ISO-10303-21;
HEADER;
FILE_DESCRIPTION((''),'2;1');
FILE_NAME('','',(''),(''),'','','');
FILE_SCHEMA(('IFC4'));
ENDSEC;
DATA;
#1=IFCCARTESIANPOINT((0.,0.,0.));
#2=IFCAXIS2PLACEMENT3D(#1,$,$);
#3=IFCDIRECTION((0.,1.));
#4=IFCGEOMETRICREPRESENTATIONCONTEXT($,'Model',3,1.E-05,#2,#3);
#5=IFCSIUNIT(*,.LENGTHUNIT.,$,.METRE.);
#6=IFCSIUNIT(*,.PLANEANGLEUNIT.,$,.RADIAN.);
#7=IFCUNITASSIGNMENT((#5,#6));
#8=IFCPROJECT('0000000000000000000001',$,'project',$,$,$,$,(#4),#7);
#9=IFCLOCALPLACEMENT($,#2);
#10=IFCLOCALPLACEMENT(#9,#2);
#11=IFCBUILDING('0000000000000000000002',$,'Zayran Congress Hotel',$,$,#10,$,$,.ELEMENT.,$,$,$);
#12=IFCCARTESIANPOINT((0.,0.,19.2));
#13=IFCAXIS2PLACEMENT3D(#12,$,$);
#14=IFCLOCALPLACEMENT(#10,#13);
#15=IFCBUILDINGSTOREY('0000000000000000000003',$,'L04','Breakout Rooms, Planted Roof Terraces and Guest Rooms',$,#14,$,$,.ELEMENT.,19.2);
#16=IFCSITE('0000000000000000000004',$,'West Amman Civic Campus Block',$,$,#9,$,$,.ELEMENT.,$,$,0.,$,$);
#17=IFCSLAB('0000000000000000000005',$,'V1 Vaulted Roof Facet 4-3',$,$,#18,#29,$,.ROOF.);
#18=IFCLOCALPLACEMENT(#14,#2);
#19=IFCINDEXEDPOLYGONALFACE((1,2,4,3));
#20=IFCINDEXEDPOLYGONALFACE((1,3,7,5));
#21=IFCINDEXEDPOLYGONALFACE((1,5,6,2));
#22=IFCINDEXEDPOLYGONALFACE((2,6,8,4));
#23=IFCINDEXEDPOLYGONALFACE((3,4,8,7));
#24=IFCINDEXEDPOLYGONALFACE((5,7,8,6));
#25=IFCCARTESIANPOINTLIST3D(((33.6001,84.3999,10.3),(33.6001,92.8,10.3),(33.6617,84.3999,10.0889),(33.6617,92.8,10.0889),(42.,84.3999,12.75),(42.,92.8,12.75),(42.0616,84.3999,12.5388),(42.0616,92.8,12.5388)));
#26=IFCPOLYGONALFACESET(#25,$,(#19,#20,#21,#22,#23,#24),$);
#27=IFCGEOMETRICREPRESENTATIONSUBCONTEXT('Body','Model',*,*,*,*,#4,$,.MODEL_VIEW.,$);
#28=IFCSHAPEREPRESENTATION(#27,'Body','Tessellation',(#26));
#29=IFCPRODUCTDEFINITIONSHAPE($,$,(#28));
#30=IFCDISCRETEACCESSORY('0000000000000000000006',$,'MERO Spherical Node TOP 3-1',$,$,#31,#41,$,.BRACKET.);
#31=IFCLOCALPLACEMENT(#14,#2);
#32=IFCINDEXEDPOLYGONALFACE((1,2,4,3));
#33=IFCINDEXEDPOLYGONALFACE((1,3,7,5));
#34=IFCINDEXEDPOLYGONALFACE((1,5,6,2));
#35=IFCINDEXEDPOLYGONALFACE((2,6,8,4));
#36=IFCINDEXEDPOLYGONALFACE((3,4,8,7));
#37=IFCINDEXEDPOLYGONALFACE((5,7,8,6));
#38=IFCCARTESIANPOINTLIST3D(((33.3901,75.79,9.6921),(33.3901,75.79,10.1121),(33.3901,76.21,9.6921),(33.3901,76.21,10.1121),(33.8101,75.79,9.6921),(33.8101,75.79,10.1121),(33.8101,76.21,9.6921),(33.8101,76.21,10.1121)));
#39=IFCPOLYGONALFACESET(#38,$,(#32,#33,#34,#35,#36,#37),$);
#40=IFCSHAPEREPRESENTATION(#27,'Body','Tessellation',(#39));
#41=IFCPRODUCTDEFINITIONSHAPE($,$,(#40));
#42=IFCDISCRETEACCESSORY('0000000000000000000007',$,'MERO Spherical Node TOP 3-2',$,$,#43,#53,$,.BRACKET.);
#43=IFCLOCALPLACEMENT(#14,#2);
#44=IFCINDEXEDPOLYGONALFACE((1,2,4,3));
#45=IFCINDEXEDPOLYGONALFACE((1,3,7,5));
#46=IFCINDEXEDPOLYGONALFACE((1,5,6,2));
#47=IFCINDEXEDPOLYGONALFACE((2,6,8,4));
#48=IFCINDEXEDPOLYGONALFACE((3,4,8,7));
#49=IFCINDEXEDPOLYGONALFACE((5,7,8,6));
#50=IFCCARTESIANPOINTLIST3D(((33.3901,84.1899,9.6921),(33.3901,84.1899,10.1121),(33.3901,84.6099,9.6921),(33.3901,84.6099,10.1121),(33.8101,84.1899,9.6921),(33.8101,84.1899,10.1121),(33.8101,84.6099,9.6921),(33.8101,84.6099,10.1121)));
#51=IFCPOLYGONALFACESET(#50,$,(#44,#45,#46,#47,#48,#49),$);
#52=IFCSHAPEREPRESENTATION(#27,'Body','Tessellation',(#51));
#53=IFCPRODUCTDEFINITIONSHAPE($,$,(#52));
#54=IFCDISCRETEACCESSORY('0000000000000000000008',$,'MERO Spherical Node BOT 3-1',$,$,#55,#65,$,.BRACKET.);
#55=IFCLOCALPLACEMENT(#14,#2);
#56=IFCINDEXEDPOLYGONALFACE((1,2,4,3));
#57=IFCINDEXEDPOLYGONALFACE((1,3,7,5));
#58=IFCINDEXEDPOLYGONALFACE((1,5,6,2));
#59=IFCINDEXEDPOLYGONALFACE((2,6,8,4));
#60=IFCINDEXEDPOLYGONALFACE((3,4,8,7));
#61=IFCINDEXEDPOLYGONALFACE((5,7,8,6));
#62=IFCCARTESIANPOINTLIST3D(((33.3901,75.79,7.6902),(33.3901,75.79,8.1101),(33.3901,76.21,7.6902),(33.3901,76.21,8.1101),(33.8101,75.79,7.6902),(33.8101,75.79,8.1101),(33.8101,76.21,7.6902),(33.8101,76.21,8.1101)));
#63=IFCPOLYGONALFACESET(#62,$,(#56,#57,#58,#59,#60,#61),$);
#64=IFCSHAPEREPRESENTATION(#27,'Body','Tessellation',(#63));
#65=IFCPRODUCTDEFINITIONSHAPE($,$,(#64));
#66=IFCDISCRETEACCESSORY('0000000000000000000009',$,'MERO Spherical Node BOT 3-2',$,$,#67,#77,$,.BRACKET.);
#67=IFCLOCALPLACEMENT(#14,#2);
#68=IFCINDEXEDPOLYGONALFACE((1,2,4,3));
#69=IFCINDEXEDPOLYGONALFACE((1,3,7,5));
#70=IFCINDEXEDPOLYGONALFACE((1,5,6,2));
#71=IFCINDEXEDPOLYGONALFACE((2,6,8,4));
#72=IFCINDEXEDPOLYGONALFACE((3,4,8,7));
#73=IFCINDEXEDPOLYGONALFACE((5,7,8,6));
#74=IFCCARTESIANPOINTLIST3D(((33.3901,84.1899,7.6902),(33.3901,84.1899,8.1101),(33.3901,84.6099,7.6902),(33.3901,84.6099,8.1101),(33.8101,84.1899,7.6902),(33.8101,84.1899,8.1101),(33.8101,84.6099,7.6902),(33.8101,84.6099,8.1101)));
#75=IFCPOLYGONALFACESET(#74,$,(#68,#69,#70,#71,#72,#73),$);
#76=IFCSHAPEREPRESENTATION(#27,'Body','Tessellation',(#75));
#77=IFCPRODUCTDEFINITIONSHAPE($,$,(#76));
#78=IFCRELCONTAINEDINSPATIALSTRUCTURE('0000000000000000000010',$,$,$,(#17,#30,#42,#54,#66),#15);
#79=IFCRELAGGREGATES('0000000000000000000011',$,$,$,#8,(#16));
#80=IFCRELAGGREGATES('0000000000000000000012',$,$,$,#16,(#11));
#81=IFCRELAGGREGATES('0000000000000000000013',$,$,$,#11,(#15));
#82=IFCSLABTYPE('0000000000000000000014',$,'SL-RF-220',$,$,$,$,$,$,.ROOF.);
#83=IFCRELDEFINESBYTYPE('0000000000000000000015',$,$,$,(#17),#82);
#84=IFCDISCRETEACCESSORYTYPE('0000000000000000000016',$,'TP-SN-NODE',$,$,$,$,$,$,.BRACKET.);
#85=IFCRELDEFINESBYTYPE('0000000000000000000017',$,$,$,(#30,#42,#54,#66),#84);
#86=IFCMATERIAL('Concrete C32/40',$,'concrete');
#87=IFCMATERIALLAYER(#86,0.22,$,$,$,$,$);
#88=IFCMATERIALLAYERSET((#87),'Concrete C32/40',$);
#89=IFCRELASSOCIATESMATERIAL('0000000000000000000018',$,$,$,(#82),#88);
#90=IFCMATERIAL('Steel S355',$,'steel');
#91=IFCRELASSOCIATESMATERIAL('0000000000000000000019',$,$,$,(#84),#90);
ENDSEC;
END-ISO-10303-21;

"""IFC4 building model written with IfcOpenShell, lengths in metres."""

from ifc_helpers import new_model, si_unit, direction, frame, origin, origin_2d, place, context, subcontext, project, spatial, polyline, rectangle, outline, extrude, material, layer, layer_set, type_object, element, save


model = new_model("IFC4")

# Units and contexts
model_context = context("Model", 3, precision=1e-05, world=origin(), true_north=direction((0.0, 1.0)))
body_context = subcontext(model_context, "Body", "Model", "MODEL_VIEW")
ifc_project = project(units=[si_unit("LENGTHUNIT", "METRE"), si_unit("PLANEANGLEUNIT", "RADIAN")], contexts=[model_context])

# Site, building, storey
site_placement = place(None, origin())
site = spatial("IfcSite", under=ifc_project, at=site_placement, Name="West Amman Civic Campus Block", CompositionType="ELEMENT", RefElevation=0.0)
building_placement = place(site_placement, origin())
building = spatial("IfcBuilding", under=site, at=building_placement, Name="Zayran Congress Hotel", CompositionType="ELEMENT")
storey_placement = place(building_placement, frame((0.0, 0.0, 19.2)))
storey = spatial("IfcBuildingStorey", under=building, at=storey_placement, Name="L04", Description="Breakout Rooms, Planted Roof Terraces and Guest Rooms", CompositionType="ELEMENT", Elevation=19.2)

# Shared definitions
ifc_material_1 = material(Name="Steel S355", Category="steel")

# Slab
ifc_material_2 = material(Name="Concrete C32/40", Category="concrete")
ifc_layer_1 = layer(ifc_material_2, 0.22)
ifc_layer_set_1 = layer_set([ifc_layer_1], Name="Concrete C32/40")
slab_type = type_object("IfcSlabType", Name="SL-RF-220", PredefinedType="ROOF", material=ifc_layer_set_1)
slab_1_placement = place(storey_placement, frame((33.6001, 84.3999, 10.3), z_axis=(-0.279998, 0.0, 0.960001), x_axis=(0.960001, 0.0, 0.279998)))
element("IfcSlab", 1, at=slab_1_placement, inside=storey, type_object=slab_type, Name="V1 Vaulted Roof Facet 4-3", PredefinedType="ROOF", context=body_context, shape_type="SweptSolid", body=[
    extrude(outline(polyline([(0.0, 0.0), (8.7499, 0.0), (8.7499, 8.4001), (0.0, 8.4001), (0.0, 0.0)])), origin(), (0.0, 0.0, -1.0), 0.22),
])

# Discrete accessories
discrete_accessory_type = type_object("IfcDiscreteAccessoryType", Name="TP-SN-NODE", PredefinedType="BRACKET", material=ifc_material_1)
for number, where, z_axis, x_axis, name in (
    (2, (33.6001, 76.0, 9.6921), (0.0, 0.0, 1.0), (1.0, 0.0, 0.0), "MERO Spherical Node TOP 3-1"),
    (3, (33.6001, 84.3999, 9.6921), (0.0, 0.0, 1.0), (1.0, 0.0, 0.0), "MERO Spherical Node TOP 3-2"),
    (4, (33.6001, 76.0, 7.6902), (0.0, 0.0, 1.0), (1.0, 0.0, 0.0), "MERO Spherical Node BOT 3-1"),
    (5, (33.6001, 84.3999, 7.6902), (0.0, 0.0, 1.0), (1.0, 0.0, 0.0), "MERO Spherical Node BOT 3-2"),
):
    element("IfcDiscreteAccessory", number, at=place(storey_placement, frame(where, z_axis=z_axis, x_axis=x_axis)), inside=storey, type_object=discrete_accessory_type, Name=name, PredefinedType="BRACKET", context=body_context, shape_type="SweptSolid", body=[
        extrude(rectangle(XDim=0.4199, YDim=0.4199, at=origin_2d()), origin(), (0.0, 0.0, 1.0), 0.4199),
    ])

save(model, "model.ifc")
